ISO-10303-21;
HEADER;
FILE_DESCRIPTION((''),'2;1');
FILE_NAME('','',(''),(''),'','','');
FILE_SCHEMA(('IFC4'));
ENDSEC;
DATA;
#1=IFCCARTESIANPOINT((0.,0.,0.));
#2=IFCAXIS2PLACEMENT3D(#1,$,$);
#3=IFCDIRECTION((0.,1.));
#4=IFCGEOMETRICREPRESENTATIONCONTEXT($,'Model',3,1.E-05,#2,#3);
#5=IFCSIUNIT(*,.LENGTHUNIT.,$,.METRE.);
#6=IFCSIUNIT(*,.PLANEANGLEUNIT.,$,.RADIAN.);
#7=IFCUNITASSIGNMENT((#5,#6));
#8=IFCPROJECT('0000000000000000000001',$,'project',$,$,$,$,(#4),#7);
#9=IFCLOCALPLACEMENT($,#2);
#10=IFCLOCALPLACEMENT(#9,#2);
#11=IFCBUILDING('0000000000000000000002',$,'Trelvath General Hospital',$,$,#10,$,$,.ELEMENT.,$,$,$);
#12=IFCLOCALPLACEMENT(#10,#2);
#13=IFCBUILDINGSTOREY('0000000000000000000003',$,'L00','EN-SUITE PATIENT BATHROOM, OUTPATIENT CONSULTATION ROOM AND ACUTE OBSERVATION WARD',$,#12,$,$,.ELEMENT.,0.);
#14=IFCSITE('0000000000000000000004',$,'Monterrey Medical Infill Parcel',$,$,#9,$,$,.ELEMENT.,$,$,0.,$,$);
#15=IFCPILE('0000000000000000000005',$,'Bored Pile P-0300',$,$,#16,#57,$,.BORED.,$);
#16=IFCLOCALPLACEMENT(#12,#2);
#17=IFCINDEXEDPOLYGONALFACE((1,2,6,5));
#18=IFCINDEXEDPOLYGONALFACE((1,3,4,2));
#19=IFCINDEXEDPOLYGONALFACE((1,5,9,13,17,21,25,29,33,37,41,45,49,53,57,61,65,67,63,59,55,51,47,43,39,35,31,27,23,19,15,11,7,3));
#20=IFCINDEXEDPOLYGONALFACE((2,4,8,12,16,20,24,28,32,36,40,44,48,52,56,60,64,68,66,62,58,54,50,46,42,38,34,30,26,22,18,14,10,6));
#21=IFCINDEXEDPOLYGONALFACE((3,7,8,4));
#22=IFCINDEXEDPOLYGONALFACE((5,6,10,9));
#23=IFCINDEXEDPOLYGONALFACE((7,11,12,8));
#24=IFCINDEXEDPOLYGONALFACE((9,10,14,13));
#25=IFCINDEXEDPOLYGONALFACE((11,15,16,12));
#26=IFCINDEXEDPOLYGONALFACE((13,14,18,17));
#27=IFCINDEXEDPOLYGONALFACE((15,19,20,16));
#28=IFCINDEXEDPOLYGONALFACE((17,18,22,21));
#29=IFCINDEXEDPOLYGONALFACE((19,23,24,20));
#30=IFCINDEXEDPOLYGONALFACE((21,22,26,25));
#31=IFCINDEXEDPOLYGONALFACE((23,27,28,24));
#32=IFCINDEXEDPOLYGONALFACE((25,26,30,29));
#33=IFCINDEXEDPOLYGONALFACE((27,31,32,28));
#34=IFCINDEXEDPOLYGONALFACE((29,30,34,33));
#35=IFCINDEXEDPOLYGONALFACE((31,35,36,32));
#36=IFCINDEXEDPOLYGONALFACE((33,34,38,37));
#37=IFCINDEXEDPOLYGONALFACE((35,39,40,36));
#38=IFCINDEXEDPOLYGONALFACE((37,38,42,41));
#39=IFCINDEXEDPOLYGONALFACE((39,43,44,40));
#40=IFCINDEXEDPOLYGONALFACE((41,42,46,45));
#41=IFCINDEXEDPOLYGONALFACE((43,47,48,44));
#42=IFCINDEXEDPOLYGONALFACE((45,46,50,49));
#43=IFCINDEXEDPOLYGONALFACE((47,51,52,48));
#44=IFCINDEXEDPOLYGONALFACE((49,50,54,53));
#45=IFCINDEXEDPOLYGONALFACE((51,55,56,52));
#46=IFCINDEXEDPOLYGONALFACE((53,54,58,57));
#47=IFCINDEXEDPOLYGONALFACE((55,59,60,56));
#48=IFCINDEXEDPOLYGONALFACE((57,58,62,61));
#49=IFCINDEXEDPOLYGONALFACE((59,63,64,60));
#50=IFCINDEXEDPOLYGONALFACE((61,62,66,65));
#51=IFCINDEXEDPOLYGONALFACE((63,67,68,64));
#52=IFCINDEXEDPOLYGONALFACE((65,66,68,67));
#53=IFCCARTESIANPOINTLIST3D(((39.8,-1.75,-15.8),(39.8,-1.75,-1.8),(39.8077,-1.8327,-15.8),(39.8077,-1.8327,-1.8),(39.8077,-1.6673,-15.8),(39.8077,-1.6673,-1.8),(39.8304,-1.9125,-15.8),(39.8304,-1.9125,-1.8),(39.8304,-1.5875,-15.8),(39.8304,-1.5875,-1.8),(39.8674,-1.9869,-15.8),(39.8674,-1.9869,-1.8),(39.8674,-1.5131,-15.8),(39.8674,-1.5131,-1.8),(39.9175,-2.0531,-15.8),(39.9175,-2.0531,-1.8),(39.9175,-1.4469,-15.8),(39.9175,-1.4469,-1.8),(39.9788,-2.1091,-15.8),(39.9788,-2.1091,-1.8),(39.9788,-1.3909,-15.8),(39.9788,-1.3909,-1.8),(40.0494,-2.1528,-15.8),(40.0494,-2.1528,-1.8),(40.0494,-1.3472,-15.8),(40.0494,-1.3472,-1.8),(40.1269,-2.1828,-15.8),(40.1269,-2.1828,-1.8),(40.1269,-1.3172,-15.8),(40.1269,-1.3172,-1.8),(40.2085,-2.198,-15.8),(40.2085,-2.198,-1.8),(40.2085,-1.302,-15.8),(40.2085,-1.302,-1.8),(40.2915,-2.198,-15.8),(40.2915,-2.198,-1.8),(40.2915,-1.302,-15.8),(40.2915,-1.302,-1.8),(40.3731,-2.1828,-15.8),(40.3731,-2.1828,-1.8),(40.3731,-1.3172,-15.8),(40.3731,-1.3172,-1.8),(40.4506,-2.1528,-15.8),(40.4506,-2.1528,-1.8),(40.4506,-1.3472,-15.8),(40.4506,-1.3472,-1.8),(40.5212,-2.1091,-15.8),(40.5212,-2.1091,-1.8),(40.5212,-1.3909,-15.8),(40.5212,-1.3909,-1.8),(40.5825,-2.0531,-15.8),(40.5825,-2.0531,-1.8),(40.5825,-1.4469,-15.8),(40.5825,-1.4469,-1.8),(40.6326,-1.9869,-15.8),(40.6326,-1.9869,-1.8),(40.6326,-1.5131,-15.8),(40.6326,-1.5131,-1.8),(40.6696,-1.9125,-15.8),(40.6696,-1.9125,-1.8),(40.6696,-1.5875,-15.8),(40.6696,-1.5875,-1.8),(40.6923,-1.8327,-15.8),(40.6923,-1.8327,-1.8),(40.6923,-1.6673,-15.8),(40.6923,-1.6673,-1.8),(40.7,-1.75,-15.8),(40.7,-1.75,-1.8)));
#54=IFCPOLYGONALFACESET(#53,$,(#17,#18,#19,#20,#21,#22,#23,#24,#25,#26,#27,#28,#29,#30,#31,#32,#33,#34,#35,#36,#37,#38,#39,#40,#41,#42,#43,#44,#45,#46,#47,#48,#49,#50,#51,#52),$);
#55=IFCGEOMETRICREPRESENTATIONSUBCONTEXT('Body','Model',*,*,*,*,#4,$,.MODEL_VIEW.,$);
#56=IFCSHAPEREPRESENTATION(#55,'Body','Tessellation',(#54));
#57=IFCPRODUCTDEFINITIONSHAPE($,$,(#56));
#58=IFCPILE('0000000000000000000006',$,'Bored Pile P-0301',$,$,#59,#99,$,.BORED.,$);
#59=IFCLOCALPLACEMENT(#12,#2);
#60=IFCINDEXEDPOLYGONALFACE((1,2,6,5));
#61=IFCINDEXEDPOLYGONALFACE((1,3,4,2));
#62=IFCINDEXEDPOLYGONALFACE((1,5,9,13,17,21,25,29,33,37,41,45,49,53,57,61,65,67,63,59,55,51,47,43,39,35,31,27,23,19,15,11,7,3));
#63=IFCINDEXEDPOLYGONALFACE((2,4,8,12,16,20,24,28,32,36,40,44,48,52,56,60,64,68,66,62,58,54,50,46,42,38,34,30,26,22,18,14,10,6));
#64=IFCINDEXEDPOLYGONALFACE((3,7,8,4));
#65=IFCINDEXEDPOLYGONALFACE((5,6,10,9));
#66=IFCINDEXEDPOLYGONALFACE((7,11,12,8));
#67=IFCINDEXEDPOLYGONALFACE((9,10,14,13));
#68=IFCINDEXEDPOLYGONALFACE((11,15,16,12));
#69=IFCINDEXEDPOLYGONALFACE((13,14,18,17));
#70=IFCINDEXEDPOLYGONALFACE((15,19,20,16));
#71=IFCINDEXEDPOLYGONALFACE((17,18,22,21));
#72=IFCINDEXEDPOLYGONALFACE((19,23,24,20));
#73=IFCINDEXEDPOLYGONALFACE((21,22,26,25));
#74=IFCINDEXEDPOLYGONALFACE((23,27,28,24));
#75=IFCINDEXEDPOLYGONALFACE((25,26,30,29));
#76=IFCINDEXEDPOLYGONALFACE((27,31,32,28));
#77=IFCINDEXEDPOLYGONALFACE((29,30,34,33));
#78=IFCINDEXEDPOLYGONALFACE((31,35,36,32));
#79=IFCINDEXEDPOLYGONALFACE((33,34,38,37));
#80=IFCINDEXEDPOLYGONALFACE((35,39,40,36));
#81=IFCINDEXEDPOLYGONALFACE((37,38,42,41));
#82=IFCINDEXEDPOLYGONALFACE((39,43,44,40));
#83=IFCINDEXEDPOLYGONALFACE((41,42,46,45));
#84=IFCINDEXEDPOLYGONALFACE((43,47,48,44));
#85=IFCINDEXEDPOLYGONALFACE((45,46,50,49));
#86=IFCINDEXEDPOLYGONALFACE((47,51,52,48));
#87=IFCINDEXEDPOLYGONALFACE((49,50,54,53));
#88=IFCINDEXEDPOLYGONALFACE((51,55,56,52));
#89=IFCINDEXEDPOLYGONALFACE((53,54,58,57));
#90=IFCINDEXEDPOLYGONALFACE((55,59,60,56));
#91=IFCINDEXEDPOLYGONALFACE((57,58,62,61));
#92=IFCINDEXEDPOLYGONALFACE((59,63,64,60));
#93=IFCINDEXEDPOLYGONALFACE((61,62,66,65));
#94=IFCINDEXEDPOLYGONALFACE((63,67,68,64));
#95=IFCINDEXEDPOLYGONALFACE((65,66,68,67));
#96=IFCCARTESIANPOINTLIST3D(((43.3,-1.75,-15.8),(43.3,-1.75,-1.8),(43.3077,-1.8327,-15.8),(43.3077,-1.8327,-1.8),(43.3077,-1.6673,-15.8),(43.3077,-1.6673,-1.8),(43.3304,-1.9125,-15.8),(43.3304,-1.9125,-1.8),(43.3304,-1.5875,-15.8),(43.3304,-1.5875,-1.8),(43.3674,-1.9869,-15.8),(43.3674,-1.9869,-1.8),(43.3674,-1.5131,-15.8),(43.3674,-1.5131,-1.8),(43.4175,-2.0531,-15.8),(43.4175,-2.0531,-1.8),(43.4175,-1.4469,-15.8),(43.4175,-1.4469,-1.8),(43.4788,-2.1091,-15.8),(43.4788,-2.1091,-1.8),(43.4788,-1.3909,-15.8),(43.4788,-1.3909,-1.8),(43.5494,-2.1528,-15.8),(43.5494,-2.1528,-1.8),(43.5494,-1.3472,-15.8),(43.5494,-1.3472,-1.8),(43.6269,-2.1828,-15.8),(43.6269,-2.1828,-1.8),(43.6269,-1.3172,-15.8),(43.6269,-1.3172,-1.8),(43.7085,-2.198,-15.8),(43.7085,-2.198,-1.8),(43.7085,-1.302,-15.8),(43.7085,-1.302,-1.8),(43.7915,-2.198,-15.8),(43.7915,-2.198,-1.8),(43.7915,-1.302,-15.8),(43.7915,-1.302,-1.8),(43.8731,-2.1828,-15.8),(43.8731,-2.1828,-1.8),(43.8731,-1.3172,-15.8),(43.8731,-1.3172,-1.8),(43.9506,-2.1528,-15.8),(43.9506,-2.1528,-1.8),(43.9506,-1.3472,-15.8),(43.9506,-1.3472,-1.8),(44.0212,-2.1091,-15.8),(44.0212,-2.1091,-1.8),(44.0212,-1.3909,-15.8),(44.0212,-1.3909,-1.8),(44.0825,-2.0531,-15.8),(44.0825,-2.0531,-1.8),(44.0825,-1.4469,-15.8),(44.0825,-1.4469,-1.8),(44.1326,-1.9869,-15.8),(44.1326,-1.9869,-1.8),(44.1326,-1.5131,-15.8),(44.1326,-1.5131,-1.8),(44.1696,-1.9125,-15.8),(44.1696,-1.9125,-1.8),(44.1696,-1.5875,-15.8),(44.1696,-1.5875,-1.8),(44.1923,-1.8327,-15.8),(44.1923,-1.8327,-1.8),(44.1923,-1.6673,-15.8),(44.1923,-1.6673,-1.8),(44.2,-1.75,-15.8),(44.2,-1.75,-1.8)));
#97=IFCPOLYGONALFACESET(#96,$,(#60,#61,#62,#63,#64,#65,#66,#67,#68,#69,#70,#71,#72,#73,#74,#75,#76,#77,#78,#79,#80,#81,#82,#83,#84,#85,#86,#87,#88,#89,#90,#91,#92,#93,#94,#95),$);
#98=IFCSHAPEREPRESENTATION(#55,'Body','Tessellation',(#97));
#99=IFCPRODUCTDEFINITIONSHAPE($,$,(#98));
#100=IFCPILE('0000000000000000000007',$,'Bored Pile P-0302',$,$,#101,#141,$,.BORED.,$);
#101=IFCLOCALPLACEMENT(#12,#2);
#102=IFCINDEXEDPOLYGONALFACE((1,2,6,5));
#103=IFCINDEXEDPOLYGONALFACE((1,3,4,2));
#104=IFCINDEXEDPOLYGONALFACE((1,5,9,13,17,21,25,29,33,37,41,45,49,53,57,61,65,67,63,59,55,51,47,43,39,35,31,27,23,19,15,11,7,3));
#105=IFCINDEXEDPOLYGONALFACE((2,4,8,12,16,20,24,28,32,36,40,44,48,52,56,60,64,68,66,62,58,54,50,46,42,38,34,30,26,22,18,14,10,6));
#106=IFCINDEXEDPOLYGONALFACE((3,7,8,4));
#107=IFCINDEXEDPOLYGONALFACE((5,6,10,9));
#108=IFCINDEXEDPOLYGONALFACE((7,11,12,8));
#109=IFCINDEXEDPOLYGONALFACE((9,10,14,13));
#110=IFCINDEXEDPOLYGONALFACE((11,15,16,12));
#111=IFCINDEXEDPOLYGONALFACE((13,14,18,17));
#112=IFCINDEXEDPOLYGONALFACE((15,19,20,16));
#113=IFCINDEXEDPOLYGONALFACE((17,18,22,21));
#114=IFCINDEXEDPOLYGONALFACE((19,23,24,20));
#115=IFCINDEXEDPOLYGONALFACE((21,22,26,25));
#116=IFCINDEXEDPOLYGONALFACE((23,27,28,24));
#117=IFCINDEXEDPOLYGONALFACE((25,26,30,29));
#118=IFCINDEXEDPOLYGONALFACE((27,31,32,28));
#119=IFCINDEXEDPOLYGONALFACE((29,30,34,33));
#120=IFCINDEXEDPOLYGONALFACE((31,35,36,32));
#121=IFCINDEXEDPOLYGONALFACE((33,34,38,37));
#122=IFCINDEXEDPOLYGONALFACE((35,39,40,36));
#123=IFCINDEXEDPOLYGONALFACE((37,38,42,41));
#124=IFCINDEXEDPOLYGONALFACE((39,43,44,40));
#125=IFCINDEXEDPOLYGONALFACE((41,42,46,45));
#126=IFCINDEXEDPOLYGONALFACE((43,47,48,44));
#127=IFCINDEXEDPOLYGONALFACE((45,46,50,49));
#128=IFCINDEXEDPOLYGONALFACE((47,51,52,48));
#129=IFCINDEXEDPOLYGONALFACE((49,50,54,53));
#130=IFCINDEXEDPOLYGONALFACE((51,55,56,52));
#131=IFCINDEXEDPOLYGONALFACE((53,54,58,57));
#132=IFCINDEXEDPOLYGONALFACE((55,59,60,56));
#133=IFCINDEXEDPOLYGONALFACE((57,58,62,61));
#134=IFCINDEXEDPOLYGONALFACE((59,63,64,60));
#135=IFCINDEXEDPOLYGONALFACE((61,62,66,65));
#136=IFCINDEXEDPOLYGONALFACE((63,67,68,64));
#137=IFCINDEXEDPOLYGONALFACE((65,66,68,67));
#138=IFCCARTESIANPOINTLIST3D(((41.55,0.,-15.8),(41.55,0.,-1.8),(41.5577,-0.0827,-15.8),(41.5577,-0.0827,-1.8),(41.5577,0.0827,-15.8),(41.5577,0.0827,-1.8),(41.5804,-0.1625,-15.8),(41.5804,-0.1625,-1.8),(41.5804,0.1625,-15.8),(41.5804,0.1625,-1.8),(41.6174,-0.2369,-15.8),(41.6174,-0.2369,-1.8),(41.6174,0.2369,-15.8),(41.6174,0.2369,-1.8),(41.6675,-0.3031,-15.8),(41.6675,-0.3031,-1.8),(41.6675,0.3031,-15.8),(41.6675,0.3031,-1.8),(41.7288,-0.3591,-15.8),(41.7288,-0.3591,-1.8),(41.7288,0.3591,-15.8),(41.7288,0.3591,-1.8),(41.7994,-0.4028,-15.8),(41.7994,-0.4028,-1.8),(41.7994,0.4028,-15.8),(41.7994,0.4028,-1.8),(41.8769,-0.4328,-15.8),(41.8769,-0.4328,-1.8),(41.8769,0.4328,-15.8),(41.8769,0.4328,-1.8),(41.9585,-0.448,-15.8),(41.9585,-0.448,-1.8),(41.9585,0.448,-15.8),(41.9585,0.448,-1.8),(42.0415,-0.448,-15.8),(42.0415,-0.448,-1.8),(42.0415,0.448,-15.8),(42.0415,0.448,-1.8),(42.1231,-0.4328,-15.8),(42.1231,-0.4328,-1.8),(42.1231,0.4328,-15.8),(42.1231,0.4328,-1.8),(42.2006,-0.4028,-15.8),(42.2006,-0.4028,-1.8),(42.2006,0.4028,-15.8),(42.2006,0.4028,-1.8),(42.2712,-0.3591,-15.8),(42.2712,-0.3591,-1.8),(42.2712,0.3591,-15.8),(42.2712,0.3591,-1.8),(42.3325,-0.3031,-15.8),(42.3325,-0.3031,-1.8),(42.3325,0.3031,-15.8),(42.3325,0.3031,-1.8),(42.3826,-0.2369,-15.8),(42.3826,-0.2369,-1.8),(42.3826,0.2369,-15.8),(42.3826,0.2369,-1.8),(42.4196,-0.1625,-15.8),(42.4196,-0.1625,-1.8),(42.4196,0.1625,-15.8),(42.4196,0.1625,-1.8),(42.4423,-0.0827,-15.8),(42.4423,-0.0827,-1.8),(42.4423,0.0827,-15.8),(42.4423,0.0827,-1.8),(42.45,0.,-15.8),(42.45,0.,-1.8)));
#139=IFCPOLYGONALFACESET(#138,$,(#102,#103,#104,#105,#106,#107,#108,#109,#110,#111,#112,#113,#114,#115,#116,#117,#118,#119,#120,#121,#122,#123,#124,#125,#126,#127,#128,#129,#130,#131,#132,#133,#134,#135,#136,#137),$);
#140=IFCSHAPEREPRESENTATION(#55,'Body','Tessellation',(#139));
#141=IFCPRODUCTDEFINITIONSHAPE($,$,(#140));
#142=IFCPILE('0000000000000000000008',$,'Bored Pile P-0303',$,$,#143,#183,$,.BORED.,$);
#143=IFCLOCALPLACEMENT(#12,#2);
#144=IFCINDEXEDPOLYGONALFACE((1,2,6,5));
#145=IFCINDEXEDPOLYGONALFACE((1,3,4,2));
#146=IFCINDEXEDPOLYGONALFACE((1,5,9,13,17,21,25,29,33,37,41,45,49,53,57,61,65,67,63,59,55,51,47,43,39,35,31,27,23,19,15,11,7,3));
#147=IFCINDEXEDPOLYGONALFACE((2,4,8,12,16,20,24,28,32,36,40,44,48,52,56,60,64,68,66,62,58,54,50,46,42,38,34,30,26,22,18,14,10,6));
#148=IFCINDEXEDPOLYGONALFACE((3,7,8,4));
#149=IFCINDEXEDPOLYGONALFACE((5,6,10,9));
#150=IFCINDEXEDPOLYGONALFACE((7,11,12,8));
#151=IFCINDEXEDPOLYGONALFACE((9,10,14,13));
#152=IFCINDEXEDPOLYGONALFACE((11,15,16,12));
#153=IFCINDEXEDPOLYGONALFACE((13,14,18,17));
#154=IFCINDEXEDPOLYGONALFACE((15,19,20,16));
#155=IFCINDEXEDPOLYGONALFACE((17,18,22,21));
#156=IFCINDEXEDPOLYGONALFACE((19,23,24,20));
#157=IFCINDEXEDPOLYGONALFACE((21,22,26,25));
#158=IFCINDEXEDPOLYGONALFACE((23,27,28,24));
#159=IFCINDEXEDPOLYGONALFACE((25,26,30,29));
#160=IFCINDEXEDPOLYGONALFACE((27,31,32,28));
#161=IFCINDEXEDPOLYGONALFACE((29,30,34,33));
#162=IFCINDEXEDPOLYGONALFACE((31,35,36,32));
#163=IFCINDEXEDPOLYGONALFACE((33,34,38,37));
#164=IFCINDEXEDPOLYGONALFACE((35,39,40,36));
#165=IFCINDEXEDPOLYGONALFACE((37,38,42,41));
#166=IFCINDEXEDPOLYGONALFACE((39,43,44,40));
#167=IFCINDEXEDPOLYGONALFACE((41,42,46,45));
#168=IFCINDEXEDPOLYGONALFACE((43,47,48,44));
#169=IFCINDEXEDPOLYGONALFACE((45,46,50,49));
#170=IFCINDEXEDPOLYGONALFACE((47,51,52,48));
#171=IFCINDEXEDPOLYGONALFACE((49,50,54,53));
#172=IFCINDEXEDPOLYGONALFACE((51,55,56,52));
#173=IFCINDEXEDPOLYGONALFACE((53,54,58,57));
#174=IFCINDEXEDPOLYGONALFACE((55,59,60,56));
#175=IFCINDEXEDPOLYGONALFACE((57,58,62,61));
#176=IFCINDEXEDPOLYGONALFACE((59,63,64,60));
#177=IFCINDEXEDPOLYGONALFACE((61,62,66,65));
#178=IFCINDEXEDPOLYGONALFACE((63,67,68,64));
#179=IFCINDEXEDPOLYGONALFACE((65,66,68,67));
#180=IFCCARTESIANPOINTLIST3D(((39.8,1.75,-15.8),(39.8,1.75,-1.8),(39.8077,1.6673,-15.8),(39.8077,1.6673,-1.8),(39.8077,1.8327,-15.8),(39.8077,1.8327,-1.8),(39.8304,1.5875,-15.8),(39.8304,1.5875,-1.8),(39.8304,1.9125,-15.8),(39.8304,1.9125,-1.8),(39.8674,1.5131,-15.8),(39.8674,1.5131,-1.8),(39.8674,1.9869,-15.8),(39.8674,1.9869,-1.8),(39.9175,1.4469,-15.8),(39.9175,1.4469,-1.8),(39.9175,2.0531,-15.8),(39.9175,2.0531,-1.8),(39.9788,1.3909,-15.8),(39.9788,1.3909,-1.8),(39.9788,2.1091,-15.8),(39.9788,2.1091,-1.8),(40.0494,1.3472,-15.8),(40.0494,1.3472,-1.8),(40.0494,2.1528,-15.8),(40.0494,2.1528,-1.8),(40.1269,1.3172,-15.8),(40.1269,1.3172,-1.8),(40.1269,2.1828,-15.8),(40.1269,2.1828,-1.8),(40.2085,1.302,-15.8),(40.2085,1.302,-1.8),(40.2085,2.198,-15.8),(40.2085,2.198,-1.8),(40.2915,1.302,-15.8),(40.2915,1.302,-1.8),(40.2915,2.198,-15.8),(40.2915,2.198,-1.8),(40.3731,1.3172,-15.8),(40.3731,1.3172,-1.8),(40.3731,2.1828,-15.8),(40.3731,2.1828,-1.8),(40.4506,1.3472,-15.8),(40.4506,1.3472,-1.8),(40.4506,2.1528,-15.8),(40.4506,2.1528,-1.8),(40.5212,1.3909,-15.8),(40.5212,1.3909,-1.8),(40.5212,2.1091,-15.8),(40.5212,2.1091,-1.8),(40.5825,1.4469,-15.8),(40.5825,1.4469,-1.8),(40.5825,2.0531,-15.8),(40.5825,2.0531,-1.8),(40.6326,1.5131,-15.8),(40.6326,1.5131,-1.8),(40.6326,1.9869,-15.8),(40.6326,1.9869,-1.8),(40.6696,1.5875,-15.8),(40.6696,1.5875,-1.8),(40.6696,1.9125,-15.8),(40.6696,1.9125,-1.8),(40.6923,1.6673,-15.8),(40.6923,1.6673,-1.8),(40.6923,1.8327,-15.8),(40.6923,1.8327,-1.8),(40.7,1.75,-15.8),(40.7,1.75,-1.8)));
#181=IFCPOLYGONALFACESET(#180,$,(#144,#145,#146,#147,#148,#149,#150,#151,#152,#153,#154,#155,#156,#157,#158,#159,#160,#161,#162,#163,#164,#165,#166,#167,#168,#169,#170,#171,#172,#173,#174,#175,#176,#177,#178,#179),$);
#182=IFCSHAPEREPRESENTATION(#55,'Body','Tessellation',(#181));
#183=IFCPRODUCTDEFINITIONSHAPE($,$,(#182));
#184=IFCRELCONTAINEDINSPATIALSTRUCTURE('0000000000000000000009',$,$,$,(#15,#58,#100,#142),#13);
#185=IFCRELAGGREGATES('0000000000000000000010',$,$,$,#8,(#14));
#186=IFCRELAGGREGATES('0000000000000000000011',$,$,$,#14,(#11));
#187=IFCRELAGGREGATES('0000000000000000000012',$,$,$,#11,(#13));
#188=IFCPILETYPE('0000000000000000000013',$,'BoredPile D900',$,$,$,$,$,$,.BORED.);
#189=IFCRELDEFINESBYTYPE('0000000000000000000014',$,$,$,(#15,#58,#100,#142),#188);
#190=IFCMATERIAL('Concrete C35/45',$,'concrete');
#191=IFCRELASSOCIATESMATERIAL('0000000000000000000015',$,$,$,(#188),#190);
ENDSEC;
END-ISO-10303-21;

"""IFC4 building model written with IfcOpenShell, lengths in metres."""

from ifc_helpers import new_model, si_unit, direction, frame, origin, origin_2d, place, context, subcontext, project, spatial, circle, extrude, material, material_profile, profile_set, type_object, element, save


model = new_model("IFC4")

# Units and contexts
model_context = context("Model", 3, precision=1e-05, world=origin(), true_north=direction((0.0, 1.0)))
body_context = subcontext(model_context, "Body", "Model", "MODEL_VIEW")
ifc_project = project(units=[si_unit("LENGTHUNIT", "METRE"), si_unit("PLANEANGLEUNIT", "RADIAN")], contexts=[model_context])

# Site, building, storey
site_placement = place(None, origin())
site = spatial("IfcSite", under=ifc_project, at=site_placement, Name="Monterrey Medical Infill Parcel", CompositionType="ELEMENT", RefElevation=0.0)
building_placement = place(site_placement, origin())
building = spatial("IfcBuilding", under=site, at=building_placement, Name="Trelvath General Hospital", CompositionType="ELEMENT")
storey_placement = place(building_placement, origin())
storey = spatial("IfcBuildingStorey", under=building, at=storey_placement, Name="L00", Description="EN-SUITE PATIENT BATHROOM, OUTPATIENT CONSULTATION ROOM AND ACUTE OBSERVATION WARD", CompositionType="ELEMENT", Elevation=0.0)

# Piles
ifc_material_1 = material(Name="Concrete C35/45", Category="concrete")
ifc_material_profile_1 = material_profile(ifc_material_1, circle(Radius=0.45, at=origin_2d()), Name="PILE900")
ifc_profile_set_1 = profile_set([ifc_material_profile_1], Name="Concrete C35/45")
pile_type_1 = type_object("IfcPileType", Name="BoredPile D900", PredefinedType="BORED", material=ifc_profile_set_1)
for number, where, z_axis, x_axis, name in (
    (1, (40.25, -1.75, -1.8), (0.0, 0.0, -1.0), (1.0, 0.0, 0.0), "Bored Pile P-0300"),
    (2, (43.75, -1.75, -1.8), (0.0, 0.0, -1.0), (1.0, 0.0, 0.0), "Bored Pile P-0301"),
    (3, (42.0, 0.0, -1.8), (0.0, 0.0, -1.0), (1.0, 0.0, 0.0), "Bored Pile P-0302"),
    (4, (40.25, 1.75, -1.8), (0.0, 0.0, -1.0), (1.0, 0.0, 0.0), "Bored Pile P-0303"),
):
    element("IfcPile", number, at=place(storey_placement, frame(where, z_axis=z_axis, x_axis=x_axis)), inside=storey, type_object=pile_type_1, Name=name, PredefinedType="BORED", context=body_context, shape_type="SweptSolid", body=[
        extrude(circle(Radius=0.45, at=origin_2d()), origin(), (0.0, 0.0, 1.0), 14.0),
    ])

save(model, "model.ifc")
